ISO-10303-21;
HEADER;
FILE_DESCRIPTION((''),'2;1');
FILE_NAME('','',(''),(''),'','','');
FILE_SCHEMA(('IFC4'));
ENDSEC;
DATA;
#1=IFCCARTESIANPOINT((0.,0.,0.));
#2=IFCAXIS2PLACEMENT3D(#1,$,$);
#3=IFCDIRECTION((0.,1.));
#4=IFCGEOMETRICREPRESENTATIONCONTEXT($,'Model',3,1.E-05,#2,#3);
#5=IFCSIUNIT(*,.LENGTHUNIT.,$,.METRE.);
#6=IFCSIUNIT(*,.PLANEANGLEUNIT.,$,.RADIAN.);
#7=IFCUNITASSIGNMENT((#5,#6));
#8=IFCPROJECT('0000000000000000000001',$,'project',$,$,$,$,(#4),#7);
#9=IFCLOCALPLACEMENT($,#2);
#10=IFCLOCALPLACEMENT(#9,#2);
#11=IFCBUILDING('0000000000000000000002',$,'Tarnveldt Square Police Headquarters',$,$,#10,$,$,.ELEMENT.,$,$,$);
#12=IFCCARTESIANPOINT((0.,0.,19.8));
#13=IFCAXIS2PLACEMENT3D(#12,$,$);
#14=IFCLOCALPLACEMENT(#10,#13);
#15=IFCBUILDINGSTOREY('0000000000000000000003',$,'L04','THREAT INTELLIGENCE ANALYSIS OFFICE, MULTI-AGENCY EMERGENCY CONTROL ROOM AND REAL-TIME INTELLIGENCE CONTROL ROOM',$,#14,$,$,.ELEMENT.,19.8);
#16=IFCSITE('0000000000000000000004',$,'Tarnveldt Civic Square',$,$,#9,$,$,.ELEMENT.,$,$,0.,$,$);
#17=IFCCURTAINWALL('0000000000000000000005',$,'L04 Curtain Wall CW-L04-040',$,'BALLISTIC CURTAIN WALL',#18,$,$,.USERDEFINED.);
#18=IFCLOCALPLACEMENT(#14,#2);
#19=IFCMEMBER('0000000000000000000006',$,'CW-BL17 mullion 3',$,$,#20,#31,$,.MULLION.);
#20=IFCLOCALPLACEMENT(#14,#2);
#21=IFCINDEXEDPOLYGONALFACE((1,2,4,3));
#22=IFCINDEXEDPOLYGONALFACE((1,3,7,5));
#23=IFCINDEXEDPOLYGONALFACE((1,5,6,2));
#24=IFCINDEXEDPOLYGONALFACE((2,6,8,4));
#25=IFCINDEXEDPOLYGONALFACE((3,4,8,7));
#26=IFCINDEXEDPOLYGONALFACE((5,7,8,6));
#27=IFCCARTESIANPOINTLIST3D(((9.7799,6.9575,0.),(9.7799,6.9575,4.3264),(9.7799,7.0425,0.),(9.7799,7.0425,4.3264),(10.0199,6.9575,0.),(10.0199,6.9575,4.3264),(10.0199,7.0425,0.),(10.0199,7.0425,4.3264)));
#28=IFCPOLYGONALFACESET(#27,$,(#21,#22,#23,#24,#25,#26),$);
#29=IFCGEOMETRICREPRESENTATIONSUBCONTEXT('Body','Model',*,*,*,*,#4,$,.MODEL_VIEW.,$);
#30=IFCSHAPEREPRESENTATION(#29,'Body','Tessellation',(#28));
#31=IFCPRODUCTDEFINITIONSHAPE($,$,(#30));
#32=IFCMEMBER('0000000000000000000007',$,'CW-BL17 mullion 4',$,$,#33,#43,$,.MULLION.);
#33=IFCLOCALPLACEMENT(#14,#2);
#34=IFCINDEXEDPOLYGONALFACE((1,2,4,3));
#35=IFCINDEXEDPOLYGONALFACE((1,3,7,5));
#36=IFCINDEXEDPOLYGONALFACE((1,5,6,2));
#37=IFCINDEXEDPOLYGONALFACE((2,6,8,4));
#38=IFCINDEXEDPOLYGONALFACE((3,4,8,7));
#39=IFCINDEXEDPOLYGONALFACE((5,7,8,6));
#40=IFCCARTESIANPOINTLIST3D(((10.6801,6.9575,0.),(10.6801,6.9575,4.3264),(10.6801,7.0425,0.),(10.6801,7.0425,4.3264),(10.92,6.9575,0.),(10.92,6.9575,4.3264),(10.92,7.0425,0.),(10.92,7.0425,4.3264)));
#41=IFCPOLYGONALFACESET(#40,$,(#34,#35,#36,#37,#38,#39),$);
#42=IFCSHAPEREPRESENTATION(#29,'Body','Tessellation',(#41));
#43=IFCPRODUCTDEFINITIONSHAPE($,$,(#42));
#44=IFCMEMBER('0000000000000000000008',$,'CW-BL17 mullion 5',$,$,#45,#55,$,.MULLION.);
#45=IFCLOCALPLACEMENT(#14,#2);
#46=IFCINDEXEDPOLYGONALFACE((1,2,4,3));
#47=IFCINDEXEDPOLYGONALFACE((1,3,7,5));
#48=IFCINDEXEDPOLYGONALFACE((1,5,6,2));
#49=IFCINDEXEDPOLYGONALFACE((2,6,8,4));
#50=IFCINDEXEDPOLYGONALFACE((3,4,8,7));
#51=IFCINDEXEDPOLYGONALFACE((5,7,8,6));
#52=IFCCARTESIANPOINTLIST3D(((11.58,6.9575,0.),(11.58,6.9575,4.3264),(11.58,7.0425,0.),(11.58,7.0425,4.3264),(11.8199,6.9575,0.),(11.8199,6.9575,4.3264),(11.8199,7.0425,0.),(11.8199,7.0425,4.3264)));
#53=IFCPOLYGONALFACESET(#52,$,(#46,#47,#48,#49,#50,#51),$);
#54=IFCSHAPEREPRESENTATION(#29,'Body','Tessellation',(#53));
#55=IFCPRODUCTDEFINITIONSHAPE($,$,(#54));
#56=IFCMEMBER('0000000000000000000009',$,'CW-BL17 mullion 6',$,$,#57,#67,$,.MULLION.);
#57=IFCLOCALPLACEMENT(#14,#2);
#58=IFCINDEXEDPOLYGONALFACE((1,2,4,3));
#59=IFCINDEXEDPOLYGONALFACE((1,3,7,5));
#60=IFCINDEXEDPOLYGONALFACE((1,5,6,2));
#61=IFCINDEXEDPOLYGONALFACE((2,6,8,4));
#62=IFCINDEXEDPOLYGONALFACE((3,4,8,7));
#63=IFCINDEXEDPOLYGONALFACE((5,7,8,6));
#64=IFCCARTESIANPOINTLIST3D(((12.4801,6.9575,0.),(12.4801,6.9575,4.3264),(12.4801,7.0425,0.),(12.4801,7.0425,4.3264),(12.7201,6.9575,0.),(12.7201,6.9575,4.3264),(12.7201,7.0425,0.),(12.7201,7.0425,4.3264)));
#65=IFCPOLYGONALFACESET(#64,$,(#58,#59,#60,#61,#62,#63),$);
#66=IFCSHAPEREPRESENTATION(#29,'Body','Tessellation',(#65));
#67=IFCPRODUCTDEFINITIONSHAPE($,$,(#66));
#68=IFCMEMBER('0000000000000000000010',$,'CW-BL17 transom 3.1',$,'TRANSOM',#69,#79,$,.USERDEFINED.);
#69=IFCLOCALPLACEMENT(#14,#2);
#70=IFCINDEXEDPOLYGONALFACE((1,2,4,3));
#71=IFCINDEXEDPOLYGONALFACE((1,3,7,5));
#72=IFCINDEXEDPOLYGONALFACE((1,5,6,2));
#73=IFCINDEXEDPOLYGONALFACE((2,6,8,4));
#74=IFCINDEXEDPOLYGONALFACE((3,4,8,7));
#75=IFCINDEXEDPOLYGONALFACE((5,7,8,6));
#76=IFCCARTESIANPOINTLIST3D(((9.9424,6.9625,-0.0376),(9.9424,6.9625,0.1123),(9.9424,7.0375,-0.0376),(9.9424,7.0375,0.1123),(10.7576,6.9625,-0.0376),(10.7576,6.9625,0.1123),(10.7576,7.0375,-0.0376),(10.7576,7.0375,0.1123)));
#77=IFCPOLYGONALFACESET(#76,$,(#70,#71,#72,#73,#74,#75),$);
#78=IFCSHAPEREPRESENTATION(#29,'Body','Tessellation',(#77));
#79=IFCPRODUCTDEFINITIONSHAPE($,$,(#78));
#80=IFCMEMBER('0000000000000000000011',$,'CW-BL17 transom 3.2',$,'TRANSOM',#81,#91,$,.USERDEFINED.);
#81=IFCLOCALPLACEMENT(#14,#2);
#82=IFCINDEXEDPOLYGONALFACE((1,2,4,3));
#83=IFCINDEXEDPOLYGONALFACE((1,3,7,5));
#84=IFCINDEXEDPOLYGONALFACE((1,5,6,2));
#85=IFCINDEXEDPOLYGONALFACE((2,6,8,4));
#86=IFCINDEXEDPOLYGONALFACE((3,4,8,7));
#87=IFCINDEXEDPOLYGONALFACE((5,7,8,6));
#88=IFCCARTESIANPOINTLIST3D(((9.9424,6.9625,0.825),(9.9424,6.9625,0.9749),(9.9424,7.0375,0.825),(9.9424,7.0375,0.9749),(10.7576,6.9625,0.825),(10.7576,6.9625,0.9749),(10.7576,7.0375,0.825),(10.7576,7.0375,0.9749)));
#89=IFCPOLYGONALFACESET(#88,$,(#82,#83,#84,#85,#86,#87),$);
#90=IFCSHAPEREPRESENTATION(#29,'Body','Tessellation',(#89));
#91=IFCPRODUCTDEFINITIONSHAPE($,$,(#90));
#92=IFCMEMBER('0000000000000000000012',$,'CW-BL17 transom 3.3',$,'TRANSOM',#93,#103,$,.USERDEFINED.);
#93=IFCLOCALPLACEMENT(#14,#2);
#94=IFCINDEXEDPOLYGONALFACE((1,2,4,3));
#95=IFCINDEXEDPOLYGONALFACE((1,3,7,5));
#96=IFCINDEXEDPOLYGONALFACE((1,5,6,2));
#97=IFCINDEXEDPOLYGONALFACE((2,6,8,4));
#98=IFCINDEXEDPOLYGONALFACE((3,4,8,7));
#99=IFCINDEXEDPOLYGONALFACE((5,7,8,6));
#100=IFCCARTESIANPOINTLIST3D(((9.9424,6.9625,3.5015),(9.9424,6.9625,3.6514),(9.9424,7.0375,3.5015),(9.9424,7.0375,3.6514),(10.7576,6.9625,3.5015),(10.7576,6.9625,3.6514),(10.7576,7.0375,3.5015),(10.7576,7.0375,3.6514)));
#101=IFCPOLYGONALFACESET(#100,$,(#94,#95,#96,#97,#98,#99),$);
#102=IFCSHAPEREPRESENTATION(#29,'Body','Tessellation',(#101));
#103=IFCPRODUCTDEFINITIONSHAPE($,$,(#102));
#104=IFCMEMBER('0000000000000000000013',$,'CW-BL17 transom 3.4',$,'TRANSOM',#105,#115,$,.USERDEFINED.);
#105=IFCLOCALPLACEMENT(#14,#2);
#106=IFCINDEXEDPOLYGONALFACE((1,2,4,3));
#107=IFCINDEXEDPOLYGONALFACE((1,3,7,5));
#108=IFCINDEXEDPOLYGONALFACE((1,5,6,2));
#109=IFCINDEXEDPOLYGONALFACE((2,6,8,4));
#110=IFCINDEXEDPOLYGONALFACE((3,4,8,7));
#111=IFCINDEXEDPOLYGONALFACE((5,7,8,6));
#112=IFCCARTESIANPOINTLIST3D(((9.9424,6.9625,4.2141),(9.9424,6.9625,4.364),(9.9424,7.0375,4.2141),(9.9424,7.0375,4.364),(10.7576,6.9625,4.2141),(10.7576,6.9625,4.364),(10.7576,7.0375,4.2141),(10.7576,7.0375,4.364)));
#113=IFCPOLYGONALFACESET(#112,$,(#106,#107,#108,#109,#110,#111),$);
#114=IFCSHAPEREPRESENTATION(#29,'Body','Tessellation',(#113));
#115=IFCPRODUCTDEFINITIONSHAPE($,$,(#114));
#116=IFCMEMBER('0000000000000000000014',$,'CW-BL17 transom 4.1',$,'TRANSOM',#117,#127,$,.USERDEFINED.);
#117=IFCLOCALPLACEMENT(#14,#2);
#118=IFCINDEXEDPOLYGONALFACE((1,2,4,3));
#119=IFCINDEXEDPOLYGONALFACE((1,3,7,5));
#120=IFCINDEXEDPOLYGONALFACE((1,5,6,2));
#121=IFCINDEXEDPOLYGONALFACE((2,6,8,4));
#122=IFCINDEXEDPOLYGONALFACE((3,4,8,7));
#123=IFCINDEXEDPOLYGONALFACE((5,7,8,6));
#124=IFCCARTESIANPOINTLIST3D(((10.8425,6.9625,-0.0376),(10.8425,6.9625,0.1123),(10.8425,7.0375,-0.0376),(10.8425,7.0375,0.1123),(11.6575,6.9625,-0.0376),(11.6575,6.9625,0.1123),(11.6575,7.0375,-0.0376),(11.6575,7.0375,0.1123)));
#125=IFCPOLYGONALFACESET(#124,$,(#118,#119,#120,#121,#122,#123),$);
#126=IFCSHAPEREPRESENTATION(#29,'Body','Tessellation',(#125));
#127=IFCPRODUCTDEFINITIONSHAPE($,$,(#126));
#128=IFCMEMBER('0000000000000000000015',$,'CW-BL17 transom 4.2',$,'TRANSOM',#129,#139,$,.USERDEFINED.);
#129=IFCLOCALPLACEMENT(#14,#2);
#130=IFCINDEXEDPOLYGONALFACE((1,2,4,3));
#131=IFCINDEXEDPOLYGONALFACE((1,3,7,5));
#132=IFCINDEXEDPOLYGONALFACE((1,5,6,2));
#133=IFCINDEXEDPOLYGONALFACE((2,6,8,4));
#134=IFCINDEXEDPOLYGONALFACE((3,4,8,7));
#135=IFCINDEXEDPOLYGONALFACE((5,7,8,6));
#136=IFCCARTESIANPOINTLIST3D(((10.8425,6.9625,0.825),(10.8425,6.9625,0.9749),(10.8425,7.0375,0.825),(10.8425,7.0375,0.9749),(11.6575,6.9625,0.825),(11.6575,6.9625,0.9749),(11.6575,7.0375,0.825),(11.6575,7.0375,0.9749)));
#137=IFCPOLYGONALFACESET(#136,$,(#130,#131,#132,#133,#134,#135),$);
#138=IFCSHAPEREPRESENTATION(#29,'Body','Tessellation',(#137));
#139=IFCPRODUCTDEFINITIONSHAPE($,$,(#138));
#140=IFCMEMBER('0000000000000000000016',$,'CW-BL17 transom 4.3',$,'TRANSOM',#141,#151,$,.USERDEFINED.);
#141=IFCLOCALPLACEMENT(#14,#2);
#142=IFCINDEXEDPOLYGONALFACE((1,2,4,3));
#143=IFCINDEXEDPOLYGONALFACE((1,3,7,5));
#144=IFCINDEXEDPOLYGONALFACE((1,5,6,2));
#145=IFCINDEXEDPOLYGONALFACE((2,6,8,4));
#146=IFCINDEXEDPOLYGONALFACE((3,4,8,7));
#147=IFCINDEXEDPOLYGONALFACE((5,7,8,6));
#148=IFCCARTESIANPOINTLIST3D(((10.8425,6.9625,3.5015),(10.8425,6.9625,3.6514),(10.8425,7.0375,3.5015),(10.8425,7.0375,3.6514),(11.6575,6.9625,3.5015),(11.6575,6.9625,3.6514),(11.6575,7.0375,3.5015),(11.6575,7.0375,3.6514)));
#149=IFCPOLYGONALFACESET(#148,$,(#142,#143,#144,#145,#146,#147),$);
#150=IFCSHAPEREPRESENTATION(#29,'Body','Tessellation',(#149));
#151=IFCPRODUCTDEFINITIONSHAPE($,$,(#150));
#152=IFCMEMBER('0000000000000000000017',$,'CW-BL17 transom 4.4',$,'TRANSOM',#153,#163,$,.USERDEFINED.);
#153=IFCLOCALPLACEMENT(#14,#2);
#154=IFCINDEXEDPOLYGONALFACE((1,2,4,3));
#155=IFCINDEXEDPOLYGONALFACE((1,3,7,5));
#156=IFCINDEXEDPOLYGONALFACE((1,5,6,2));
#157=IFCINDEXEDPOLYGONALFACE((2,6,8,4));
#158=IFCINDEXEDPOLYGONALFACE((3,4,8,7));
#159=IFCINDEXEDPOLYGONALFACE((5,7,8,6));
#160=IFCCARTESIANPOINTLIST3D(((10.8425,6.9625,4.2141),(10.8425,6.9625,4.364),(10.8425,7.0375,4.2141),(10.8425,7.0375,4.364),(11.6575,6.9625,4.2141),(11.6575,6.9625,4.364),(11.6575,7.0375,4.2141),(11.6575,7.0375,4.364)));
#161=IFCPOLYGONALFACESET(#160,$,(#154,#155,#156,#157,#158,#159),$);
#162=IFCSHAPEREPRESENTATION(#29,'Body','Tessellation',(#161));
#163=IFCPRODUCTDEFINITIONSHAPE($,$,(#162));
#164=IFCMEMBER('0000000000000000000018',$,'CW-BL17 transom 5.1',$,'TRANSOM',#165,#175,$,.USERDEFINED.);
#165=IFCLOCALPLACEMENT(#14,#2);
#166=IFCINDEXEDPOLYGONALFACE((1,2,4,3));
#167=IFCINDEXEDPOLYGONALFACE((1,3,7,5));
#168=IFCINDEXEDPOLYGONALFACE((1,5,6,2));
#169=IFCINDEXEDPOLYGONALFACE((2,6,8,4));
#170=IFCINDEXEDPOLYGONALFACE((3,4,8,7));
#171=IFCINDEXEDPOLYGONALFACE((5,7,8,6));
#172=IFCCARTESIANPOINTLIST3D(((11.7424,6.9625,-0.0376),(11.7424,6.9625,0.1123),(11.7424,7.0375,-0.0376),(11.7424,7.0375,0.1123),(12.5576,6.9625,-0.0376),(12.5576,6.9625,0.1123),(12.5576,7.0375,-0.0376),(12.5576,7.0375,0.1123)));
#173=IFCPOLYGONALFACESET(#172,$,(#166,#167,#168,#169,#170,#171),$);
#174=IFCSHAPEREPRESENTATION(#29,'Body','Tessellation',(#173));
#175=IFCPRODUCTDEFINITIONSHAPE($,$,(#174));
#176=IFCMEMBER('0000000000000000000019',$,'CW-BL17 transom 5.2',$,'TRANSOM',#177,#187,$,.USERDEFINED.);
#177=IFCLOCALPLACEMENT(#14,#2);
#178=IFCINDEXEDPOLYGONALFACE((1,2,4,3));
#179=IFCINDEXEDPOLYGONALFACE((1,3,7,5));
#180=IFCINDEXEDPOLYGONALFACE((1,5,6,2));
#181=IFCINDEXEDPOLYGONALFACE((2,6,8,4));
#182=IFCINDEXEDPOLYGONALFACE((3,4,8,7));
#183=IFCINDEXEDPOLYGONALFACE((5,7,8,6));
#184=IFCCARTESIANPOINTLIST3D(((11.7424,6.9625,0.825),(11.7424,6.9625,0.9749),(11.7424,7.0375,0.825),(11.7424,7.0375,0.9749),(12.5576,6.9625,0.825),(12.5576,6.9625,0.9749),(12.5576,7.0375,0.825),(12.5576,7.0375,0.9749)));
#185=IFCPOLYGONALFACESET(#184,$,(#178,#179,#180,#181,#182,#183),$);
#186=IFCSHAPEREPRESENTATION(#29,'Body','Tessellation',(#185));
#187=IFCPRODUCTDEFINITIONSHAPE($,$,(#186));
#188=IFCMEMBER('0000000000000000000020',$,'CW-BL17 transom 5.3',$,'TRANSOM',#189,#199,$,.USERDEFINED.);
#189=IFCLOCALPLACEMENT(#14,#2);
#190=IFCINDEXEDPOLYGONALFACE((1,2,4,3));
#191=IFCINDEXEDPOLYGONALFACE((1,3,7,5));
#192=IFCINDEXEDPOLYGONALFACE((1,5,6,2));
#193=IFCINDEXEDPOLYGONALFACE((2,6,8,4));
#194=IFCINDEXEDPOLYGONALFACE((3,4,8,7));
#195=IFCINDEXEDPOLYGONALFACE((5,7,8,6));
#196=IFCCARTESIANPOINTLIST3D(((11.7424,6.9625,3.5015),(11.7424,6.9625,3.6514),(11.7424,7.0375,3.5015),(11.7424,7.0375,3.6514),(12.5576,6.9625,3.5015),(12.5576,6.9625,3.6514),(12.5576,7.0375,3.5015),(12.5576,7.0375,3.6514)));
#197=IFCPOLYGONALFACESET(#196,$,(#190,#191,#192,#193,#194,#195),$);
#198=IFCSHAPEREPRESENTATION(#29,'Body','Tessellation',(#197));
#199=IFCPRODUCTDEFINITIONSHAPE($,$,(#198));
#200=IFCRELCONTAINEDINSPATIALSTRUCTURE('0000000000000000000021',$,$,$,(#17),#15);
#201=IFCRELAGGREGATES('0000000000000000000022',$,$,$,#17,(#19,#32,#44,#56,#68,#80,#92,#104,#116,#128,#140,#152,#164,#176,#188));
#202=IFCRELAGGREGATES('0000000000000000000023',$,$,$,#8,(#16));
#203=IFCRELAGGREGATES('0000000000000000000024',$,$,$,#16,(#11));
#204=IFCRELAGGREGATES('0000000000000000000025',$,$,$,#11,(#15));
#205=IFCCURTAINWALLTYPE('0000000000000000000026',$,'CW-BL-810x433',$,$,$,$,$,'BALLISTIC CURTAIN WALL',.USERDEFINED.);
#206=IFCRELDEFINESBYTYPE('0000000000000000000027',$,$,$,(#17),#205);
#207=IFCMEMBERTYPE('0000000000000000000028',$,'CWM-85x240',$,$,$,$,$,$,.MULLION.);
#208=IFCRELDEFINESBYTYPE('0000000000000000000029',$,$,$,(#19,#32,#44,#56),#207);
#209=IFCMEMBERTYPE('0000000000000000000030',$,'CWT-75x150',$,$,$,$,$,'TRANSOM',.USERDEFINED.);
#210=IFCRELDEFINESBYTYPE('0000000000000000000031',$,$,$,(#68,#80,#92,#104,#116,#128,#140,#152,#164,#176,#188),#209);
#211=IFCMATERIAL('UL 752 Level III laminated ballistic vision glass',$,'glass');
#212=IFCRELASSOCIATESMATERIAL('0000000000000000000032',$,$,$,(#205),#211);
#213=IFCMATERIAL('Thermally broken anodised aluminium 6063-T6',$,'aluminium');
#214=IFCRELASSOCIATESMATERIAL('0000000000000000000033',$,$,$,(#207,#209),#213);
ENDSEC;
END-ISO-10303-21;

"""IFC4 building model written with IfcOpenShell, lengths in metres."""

from ifc_helpers import new_model, si_unit, direction, frame, origin, origin_2d, place, context, subcontext, project, spatial, rectangle, extrude, material, material_profile, profile_set, type_object, element, aggregate, save


model = new_model("IFC4")

# Units and contexts
model_context = context("Model", 3, precision=1e-05, world=origin(), true_north=direction((0.0, 1.0)))
body_context = subcontext(model_context, "Body", "Model", "MODEL_VIEW")
ifc_project = project(units=[si_unit("LENGTHUNIT", "METRE"), si_unit("PLANEANGLEUNIT", "RADIAN")], contexts=[model_context])

# Site, building, storey
site_placement = place(None, origin())
site = spatial("IfcSite", under=ifc_project, at=site_placement, Name="Tarnveldt Civic Square", CompositionType="ELEMENT", RefElevation=0.0)
building_placement = place(site_placement, origin())
building = spatial("IfcBuilding", under=site, at=building_placement, Name="Tarnveldt Square Police Headquarters", CompositionType="ELEMENT")
storey_placement = place(building_placement, frame((0.0, 0.0, 19.8)))
storey = spatial("IfcBuildingStorey", under=building, at=storey_placement, Name="L04", Description="THREAT INTELLIGENCE ANALYSIS OFFICE, MULTI-AGENCY EMERGENCY CONTROL ROOM AND REAL-TIME INTELLIGENCE CONTROL ROOM", CompositionType="ELEMENT", Elevation=19.8)

# Curtain wall, members
ifc_material_1 = material(Name="UL 752 Level III laminated ballistic vision glass", Category="glass")
curtain_wall_type = type_object("IfcCurtainWallType", Name="CW-BL-810x433", ElementType="BALLISTIC CURTAIN WALL", PredefinedType="USERDEFINED", material=ifc_material_1)
curtain_wall_placement = place(storey_placement, origin())
curtain_wall = element("IfcCurtainWall", 1, at=curtain_wall_placement, inside=storey, type_object=curtain_wall_type, Name="L04 Curtain Wall CW-L04-040", ObjectType="BALLISTIC CURTAIN WALL", PredefinedType="USERDEFINED")
ifc_material_2 = material(Name="Thermally broken anodised aluminium 6063-T6", Category="aluminium")
ifc_material_profile_1 = material_profile(ifc_material_2, rectangle(XDim=0.085, YDim=0.24, at=origin_2d()), Name="CW-M85x240")
ifc_profile_set_1 = profile_set([ifc_material_profile_1], Name="Thermally broken anodised aluminium 6063-T6")
member_type_1 = type_object("IfcMemberType", Name="CWM-85x240", PredefinedType="MULLION", material=ifc_profile_set_1)
member_1_placement = place(storey_placement, frame((9.8999, 7.0, 0.0), z_axis=(0.0, 0.0, 1.0), x_axis=(0.0, 1.0, 0.0)))
member_1 = element("IfcMember", 2, at=member_1_placement, type_object=member_type_1, Name="CW-BL17 mullion 3", PredefinedType="MULLION", context=body_context, shape_type="SweptSolid", body=[
    extrude(rectangle(XDim=0.085, YDim=0.24, at=origin_2d()), origin(), (0.0, 0.0, 1.0), 4.3264),
])
member_2_placement = place(storey_placement, frame((10.8, 7.0, 0.0), z_axis=(0.0, 0.0, 1.0), x_axis=(0.0, 1.0, 0.0)))
member_2 = element("IfcMember", 3, at=member_2_placement, type_object=member_type_1, Name="CW-BL17 mullion 4", PredefinedType="MULLION", context=body_context, shape_type="SweptSolid", body=[
    extrude(rectangle(XDim=0.085, YDim=0.24, at=origin_2d()), origin(), (0.0, 0.0, 1.0), 4.3264),
])
member_3_placement = place(storey_placement, frame((11.7, 7.0, 0.0), z_axis=(0.0, 0.0, 1.0), x_axis=(0.0, 1.0, 0.0)))
member_3 = element("IfcMember", 4, at=member_3_placement, type_object=member_type_1, Name="CW-BL17 mullion 5", PredefinedType="MULLION", context=body_context, shape_type="SweptSolid", body=[
    extrude(rectangle(XDim=0.085, YDim=0.24, at=origin_2d()), origin(), (0.0, 0.0, 1.0), 4.3264),
])
member_4_placement = place(storey_placement, frame((12.6001, 7.0, 0.0), z_axis=(0.0, 0.0, 1.0), x_axis=(0.0, 1.0, 0.0)))
member_4 = element("IfcMember", 5, at=member_4_placement, type_object=member_type_1, Name="CW-BL17 mullion 6", PredefinedType="MULLION", context=body_context, shape_type="SweptSolid", body=[
    extrude(rectangle(XDim=0.085, YDim=0.24, at=origin_2d()), origin(), (0.0, 0.0, 1.0), 4.3264),
])
ifc_material_profile_2 = material_profile(ifc_material_2, rectangle(XDim=0.075, YDim=0.1499, at=origin_2d()), Name="CW-T75x150")
ifc_profile_set_2 = profile_set([ifc_material_profile_2], Name="Thermally broken anodised aluminium 6063-T6")
member_type_2 = type_object("IfcMemberType", Name="CWT-75x150", ElementType="TRANSOM", PredefinedType="USERDEFINED", material=ifc_profile_set_2)
member_5_placement = place(storey_placement, frame((9.9424, 7.0, 0.0374), z_axis=(1.0, 0.0, 0.0), x_axis=(0.0, 1.0, 0.0)))
member_5 = element("IfcMember", 6, at=member_5_placement, type_object=member_type_2, Name="CW-BL17 transom 3.1", ObjectType="TRANSOM", PredefinedType="USERDEFINED", context=body_context, shape_type="SweptSolid", body=[
    extrude(rectangle(XDim=0.075, YDim=0.1499, at=origin_2d()), origin(), (0.0, 0.0, 1.0), 0.8152),
])
member_6_placement = place(storey_placement, frame((9.9424, 7.0, 0.8999), z_axis=(1.0, 0.0, 0.0), x_axis=(0.0, 1.0, 0.0)))
member_6 = element("IfcMember", 7, at=member_6_placement, type_object=member_type_2, Name="CW-BL17 transom 3.2", ObjectType="TRANSOM", PredefinedType="USERDEFINED", context=body_context, shape_type="SweptSolid", body=[
    extrude(rectangle(XDim=0.075, YDim=0.1499, at=origin_2d()), origin(), (0.0, 0.0, 1.0), 0.8152),
])
member_7_placement = place(storey_placement, frame((9.9424, 7.0, 3.5764), z_axis=(1.0, 0.0, 0.0), x_axis=(0.0, 1.0, 0.0)))
member_7 = element("IfcMember", 8, at=member_7_placement, type_object=member_type_2, Name="CW-BL17 transom 3.3", ObjectType="TRANSOM", PredefinedType="USERDEFINED", context=body_context, shape_type="SweptSolid", body=[
    extrude(rectangle(XDim=0.075, YDim=0.1499, at=origin_2d()), origin(), (0.0, 0.0, 1.0), 0.8152),
])
member_8_placement = place(storey_placement, frame((9.9424, 7.0, 4.2891), z_axis=(1.0, 0.0, 0.0), x_axis=(0.0, 1.0, 0.0)))
member_8 = element("IfcMember", 9, at=member_8_placement, type_object=member_type_2, Name="CW-BL17 transom 3.4", ObjectType="TRANSOM", PredefinedType="USERDEFINED", context=body_context, shape_type="SweptSolid", body=[
    extrude(rectangle(XDim=0.075, YDim=0.1499, at=origin_2d()), origin(), (0.0, 0.0, 1.0), 0.8152),
])
member_9_placement = place(storey_placement, frame((10.8425, 7.0, 0.0374), z_axis=(1.0, 0.0, 0.0), x_axis=(0.0, 1.0, 0.0)))
member_9 = element("IfcMember", 10, at=member_9_placement, type_object=member_type_2, Name="CW-BL17 transom 4.1", ObjectType="TRANSOM", PredefinedType="USERDEFINED", context=body_context, shape_type="SweptSolid", body=[
    extrude(rectangle(XDim=0.075, YDim=0.1499, at=origin_2d()), origin(), (0.0, 0.0, 1.0), 0.8149),
])
member_10_placement = place(storey_placement, frame((10.8425, 7.0, 0.8999), z_axis=(1.0, 0.0, 0.0), x_axis=(0.0, 1.0, 0.0)))
member_10 = element("IfcMember", 11, at=member_10_placement, type_object=member_type_2, Name="CW-BL17 transom 4.2", ObjectType="TRANSOM", PredefinedType="USERDEFINED", context=body_context, shape_type="SweptSolid", body=[
    extrude(rectangle(XDim=0.075, YDim=0.1499, at=origin_2d()), origin(), (0.0, 0.0, 1.0), 0.8149),
])
member_11_placement = place(storey_placement, frame((10.8425, 7.0, 3.5764), z_axis=(1.0, 0.0, 0.0), x_axis=(0.0, 1.0, 0.0)))
member_11 = element("IfcMember", 12, at=member_11_placement, type_object=member_type_2, Name="CW-BL17 transom 4.3", ObjectType="TRANSOM", PredefinedType="USERDEFINED", context=body_context, shape_type="SweptSolid", body=[
    extrude(rectangle(XDim=0.075, YDim=0.1499, at=origin_2d()), origin(), (0.0, 0.0, 1.0), 0.8149),
])
member_12_placement = place(storey_placement, frame((10.8425, 7.0, 4.2891), z_axis=(1.0, 0.0, 0.0), x_axis=(0.0, 1.0, 0.0)))
member_12 = element("IfcMember", 13, at=member_12_placement, type_object=member_type_2, Name="CW-BL17 transom 4.4", ObjectType="TRANSOM", PredefinedType="USERDEFINED", context=body_context, shape_type="SweptSolid", body=[
    extrude(rectangle(XDim=0.075, YDim=0.1499, at=origin_2d()), origin(), (0.0, 0.0, 1.0), 0.8149),
])
member_13_placement = place(storey_placement, frame((11.7424, 7.0, 0.0374), z_axis=(1.0, 0.0, 0.0), x_axis=(0.0, 1.0, 0.0)))
member_13 = element("IfcMember", 14, at=member_13_placement, type_object=member_type_2, Name="CW-BL17 transom 5.1", ObjectType="TRANSOM", PredefinedType="USERDEFINED", context=body_context, shape_type="SweptSolid", body=[
    extrude(rectangle(XDim=0.075, YDim=0.1499, at=origin_2d()), origin(), (0.0, 0.0, 1.0), 0.8152),
])
member_14_placement = place(storey_placement, frame((11.7424, 7.0, 0.8999), z_axis=(1.0, 0.0, 0.0), x_axis=(0.0, 1.0, 0.0)))
member_14 = element("IfcMember", 15, at=member_14_placement, type_object=member_type_2, Name="CW-BL17 transom 5.2", ObjectType="TRANSOM", PredefinedType="USERDEFINED", context=body_context, shape_type="SweptSolid", body=[
    extrude(rectangle(XDim=0.075, YDim=0.1499, at=origin_2d()), origin(), (0.0, 0.0, 1.0), 0.8152),
])
member_15_placement = place(storey_placement, frame((11.7424, 7.0, 3.5764), z_axis=(1.0, 0.0, 0.0), x_axis=(0.0, 1.0, 0.0)))
member_15 = element("IfcMember", 16, at=member_15_placement, type_object=member_type_2, Name="CW-BL17 transom 5.3", ObjectType="TRANSOM", PredefinedType="USERDEFINED", context=body_context, shape_type="SweptSolid", body=[
    extrude(rectangle(XDim=0.075, YDim=0.1499, at=origin_2d()), origin(), (0.0, 0.0, 1.0), 0.8152),
])

aggregate(curtain_wall, [member_1, member_2, member_3, member_4, member_5, member_6, member_7, member_8, member_9, member_10, member_11, member_12, member_13, member_14, member_15])

save(model, "model.ifc")
